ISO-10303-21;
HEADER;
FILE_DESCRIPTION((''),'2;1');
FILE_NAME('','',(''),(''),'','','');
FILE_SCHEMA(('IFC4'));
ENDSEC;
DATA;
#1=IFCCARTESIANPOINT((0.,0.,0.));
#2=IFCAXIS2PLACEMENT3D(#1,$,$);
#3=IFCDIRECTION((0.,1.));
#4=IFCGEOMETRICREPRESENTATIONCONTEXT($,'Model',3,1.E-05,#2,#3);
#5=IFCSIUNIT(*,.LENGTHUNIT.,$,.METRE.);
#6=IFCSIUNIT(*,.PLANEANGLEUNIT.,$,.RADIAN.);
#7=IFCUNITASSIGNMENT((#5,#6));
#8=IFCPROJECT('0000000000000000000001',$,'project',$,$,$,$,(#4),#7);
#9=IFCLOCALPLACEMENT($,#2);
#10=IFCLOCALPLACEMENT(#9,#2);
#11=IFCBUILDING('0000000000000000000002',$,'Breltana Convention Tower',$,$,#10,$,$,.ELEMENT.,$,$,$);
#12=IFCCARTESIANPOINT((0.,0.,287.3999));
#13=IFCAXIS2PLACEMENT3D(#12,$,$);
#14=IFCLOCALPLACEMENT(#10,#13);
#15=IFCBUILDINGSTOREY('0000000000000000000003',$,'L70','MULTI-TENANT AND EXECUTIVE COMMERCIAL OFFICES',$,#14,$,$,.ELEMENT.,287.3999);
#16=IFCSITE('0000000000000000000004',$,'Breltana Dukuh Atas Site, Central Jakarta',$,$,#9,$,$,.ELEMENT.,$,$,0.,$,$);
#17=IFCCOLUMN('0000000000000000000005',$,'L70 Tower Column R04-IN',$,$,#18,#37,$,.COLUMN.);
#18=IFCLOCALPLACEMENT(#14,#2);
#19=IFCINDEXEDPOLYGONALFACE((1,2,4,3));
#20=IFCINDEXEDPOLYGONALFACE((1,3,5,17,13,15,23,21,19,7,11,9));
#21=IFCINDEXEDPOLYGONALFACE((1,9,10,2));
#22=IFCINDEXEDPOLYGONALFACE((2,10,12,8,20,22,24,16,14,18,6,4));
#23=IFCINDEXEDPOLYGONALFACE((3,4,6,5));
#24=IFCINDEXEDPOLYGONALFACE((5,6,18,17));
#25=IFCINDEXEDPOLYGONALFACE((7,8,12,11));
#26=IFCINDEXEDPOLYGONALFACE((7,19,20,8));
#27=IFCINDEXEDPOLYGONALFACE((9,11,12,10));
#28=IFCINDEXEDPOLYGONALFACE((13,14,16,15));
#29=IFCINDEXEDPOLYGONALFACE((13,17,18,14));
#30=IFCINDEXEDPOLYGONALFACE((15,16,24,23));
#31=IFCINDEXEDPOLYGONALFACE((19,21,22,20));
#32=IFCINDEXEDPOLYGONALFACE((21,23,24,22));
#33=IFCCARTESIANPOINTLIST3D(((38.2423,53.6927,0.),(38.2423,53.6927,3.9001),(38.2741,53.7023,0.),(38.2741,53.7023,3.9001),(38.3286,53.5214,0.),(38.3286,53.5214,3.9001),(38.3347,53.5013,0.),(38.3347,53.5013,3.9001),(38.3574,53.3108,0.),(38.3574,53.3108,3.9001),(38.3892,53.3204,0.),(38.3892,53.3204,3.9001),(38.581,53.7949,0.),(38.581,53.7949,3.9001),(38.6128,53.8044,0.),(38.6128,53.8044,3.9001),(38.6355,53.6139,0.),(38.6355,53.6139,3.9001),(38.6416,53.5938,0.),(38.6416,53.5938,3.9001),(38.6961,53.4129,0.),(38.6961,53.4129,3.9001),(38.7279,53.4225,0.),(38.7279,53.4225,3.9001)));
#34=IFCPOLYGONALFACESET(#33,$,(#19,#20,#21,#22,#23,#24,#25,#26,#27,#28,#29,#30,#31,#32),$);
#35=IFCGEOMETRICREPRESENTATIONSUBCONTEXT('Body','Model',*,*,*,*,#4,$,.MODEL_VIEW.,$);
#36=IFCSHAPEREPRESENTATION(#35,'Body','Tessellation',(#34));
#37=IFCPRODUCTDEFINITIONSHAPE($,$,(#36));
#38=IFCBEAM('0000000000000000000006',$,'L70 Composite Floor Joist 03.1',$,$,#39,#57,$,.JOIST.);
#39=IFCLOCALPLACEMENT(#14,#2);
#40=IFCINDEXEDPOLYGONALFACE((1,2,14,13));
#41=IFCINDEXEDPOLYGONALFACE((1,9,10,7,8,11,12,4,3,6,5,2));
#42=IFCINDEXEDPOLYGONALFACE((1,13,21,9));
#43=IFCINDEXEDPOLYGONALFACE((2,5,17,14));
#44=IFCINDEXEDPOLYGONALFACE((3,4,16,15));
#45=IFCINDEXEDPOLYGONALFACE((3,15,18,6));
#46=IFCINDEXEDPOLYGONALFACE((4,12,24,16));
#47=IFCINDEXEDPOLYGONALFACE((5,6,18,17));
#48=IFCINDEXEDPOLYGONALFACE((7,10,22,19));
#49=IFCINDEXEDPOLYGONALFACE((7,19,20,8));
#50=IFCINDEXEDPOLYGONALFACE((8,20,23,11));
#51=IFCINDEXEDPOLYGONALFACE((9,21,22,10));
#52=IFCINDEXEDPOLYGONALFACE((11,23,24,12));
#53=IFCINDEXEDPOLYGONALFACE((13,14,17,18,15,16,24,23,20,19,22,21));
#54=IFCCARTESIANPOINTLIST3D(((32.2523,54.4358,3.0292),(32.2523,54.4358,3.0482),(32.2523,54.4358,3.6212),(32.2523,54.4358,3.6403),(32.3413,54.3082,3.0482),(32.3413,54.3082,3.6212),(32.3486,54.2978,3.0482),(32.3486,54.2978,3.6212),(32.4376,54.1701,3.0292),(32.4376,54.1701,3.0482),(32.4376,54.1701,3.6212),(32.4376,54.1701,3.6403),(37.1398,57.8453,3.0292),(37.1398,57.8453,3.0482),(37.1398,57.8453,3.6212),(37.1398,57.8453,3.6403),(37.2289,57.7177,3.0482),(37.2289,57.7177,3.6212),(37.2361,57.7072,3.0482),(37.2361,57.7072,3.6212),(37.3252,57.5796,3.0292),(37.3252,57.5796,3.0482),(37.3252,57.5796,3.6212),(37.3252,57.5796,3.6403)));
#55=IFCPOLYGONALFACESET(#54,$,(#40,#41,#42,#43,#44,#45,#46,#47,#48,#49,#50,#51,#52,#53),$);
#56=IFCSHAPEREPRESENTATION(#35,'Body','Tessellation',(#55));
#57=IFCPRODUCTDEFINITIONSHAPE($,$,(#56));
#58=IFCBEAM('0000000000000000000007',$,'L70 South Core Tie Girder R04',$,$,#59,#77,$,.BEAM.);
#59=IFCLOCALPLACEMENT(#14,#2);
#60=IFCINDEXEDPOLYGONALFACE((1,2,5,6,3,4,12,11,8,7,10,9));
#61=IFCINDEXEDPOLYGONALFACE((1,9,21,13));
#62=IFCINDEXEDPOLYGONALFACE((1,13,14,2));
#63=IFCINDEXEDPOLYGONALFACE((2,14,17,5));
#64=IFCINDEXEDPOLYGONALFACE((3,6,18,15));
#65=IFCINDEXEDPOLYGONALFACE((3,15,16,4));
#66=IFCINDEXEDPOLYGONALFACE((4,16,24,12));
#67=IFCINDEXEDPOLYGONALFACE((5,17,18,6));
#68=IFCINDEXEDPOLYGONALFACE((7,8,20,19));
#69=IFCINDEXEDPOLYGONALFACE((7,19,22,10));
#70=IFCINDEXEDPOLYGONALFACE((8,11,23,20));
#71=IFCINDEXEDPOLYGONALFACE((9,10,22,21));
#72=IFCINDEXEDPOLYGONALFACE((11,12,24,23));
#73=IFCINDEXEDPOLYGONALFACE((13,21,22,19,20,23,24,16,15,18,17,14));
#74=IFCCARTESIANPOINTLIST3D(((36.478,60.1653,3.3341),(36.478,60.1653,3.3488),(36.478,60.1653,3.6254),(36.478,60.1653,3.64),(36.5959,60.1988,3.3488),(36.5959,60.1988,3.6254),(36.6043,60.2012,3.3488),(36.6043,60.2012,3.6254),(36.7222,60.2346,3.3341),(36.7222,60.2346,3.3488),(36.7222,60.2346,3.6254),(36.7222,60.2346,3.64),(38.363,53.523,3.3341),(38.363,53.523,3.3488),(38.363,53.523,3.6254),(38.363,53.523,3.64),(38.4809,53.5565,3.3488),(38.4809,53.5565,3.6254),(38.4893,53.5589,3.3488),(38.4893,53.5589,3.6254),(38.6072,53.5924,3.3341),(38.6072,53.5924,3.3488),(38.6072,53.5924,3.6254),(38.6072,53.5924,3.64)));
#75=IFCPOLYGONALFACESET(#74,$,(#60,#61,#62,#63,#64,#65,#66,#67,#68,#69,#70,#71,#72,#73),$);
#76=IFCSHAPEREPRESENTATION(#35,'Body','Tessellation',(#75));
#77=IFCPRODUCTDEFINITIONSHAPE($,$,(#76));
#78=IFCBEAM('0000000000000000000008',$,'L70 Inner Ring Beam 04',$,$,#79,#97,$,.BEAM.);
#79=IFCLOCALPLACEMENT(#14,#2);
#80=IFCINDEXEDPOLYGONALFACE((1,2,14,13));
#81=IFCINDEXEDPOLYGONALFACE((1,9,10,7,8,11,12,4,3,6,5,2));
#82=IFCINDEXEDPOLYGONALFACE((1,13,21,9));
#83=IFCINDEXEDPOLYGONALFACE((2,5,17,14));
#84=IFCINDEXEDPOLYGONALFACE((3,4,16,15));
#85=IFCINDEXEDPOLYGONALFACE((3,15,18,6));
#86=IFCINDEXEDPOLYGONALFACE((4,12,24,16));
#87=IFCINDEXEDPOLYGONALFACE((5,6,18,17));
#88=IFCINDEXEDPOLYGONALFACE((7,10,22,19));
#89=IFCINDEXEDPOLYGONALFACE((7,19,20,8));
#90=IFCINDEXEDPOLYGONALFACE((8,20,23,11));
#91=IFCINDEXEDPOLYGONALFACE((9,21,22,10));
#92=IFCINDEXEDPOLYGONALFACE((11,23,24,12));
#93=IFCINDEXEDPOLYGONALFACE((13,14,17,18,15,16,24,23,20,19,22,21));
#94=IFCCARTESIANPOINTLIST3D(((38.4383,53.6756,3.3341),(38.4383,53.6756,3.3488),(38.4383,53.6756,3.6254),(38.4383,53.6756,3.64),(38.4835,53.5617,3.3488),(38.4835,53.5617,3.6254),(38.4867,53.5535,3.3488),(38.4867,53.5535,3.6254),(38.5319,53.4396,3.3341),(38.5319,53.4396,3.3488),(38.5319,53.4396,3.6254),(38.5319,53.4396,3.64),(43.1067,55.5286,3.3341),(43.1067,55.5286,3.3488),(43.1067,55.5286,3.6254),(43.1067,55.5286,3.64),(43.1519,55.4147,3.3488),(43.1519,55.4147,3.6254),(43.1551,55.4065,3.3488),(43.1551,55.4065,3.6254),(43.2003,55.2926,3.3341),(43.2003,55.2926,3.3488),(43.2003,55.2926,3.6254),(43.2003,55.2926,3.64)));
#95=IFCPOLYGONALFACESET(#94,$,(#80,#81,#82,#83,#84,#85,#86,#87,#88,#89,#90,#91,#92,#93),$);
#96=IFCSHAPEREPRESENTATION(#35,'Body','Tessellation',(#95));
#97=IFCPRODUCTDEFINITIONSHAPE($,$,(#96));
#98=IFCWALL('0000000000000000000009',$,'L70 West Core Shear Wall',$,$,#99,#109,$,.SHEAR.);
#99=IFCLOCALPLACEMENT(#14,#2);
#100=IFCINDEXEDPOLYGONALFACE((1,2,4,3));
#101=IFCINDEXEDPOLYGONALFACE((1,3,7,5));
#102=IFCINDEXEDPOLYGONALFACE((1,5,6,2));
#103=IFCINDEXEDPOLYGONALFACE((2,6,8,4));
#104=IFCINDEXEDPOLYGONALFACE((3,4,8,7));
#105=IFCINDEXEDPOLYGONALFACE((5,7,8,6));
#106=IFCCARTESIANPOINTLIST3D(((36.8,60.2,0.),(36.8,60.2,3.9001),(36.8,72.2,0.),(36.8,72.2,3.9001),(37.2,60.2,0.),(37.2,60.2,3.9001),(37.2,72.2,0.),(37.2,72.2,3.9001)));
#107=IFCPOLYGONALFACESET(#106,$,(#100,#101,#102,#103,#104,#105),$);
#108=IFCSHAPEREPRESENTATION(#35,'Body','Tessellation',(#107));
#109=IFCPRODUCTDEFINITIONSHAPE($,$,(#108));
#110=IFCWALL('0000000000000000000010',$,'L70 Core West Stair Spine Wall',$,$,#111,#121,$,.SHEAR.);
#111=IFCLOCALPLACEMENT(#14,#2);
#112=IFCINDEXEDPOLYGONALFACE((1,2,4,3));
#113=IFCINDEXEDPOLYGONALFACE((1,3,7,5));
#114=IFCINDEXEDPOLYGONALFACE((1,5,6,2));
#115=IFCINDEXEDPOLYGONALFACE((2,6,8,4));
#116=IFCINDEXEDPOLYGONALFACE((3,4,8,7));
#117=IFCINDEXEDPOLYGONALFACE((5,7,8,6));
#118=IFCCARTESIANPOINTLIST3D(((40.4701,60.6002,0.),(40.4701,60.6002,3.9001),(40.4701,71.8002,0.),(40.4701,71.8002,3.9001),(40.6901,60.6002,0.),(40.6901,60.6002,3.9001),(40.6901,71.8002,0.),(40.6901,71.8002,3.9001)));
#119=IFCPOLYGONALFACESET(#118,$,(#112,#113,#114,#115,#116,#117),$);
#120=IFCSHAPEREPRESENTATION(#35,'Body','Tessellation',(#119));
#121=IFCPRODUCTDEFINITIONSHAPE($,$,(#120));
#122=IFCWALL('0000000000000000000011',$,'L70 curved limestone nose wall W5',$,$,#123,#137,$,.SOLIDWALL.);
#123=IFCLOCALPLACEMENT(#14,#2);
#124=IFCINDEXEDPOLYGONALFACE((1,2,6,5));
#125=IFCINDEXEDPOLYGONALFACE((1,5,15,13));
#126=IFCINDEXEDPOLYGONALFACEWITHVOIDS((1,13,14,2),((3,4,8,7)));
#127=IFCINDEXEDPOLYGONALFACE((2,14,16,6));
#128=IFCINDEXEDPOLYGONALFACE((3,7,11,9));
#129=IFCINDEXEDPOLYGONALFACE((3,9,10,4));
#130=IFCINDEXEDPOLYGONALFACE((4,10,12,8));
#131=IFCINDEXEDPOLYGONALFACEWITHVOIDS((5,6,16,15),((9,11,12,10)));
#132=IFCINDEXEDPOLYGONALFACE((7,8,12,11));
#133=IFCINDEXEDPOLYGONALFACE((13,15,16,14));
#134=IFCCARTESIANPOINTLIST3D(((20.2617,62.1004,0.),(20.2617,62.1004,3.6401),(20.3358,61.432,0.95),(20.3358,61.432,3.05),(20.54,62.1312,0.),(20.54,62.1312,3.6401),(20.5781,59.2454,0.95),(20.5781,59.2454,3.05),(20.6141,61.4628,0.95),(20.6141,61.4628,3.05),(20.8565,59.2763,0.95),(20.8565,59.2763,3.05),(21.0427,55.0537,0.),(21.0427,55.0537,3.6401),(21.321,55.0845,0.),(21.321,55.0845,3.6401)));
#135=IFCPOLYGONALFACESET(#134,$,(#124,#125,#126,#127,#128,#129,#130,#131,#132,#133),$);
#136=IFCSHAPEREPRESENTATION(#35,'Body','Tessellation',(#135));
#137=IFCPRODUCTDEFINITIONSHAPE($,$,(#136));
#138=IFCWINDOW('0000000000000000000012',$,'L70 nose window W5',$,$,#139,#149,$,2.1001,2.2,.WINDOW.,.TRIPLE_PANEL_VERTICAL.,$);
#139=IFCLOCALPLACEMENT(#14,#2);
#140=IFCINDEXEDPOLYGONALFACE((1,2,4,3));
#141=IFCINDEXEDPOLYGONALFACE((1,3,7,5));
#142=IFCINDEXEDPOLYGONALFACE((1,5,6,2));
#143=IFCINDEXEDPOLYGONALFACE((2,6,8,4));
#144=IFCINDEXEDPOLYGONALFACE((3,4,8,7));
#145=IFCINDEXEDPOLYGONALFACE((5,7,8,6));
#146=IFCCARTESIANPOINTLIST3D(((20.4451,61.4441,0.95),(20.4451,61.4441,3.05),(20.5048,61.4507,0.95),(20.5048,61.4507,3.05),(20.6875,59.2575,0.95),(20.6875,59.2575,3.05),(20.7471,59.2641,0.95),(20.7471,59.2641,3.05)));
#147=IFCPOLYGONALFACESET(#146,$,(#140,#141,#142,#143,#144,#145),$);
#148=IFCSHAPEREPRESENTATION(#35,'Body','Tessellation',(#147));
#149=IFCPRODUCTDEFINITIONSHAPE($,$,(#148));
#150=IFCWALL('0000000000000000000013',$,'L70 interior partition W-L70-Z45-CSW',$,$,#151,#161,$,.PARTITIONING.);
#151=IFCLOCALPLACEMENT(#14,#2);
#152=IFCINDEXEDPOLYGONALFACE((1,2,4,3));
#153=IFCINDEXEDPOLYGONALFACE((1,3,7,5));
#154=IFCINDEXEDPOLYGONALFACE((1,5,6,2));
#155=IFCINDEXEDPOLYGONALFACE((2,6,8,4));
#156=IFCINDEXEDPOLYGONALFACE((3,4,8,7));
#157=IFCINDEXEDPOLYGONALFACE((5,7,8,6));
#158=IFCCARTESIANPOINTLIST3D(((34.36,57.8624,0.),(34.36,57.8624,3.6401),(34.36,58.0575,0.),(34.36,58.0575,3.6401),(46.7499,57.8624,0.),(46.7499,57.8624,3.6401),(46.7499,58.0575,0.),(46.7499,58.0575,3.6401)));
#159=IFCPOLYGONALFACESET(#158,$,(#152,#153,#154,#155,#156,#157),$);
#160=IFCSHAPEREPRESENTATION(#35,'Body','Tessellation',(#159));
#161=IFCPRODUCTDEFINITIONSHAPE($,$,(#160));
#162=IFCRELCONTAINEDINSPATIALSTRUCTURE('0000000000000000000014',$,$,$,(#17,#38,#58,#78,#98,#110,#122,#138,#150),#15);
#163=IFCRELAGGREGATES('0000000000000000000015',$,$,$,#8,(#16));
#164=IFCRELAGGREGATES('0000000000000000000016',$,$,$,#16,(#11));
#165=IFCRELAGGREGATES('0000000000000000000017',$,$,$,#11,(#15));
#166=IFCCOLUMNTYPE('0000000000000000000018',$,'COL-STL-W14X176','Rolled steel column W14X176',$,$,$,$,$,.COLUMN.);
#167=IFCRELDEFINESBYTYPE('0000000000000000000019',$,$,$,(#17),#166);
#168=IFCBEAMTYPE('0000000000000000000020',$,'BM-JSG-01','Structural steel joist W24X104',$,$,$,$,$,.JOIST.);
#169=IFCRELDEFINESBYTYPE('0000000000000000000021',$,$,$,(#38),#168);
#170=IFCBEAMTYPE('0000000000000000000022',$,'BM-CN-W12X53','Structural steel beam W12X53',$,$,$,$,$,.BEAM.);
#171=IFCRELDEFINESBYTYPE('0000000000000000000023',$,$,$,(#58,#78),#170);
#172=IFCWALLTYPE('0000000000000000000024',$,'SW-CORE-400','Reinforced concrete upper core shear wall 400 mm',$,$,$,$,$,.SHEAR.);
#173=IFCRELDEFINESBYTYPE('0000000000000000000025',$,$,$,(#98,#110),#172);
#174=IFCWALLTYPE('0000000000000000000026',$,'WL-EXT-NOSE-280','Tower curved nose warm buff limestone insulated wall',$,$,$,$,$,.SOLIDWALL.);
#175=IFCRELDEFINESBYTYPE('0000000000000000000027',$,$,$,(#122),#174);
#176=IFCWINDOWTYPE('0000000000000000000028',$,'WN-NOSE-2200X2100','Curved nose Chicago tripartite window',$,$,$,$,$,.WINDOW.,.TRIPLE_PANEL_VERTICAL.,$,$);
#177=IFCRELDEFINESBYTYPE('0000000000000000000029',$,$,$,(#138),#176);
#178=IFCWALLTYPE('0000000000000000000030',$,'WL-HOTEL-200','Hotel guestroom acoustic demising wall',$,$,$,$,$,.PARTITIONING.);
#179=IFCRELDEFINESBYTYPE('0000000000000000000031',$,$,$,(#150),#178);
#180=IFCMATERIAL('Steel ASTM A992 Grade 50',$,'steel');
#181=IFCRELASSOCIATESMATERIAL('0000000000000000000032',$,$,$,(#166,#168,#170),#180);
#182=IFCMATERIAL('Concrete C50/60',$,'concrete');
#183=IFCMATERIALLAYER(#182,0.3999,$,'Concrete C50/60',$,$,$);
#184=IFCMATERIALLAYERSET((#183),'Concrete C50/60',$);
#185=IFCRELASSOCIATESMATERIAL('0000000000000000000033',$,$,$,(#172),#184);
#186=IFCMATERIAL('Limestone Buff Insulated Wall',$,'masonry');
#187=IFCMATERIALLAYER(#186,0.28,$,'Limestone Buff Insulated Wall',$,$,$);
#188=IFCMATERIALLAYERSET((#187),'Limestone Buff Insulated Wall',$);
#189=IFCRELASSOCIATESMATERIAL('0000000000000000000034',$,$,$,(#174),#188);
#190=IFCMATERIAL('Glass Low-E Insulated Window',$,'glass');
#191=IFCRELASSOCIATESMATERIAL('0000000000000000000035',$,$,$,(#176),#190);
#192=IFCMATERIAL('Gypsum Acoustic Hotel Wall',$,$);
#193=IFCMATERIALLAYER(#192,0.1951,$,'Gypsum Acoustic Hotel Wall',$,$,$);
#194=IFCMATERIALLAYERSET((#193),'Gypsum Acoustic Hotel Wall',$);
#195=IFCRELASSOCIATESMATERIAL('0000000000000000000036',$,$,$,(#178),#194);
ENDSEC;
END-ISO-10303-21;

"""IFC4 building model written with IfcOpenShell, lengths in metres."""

from ifc_helpers import new_model, si_unit, direction, frame, frame_2d, origin, origin_2d, place, context, subcontext, project, spatial, rectangle, i_section, extrude, source, transform, mapped, material, layer, layer_set, material_profile, profile_set, type_object, type_shapes, element, fill, save


model = new_model("IFC4")

# Units and contexts
model_context = context("Model", 3, precision=1e-05, world=origin(), true_north=direction((0.0, 1.0)))
body_context = subcontext(model_context, "Body", "Model", "MODEL_VIEW")
ifc_project = project(units=[si_unit("LENGTHUNIT", "METRE"), si_unit("PLANEANGLEUNIT", "RADIAN")], contexts=[model_context])

# Site, building, storey
site_placement = place(None, origin())
site = spatial("IfcSite", under=ifc_project, at=site_placement, Name="Breltana Dukuh Atas Site, Central Jakarta", CompositionType="ELEMENT", RefElevation=0.0)
building_placement = place(site_placement, origin())
building = spatial("IfcBuilding", under=site, at=building_placement, Name="Breltana Convention Tower", CompositionType="ELEMENT")
storey_placement = place(building_placement, frame((0.0, 0.0, 287.3999)))
storey = spatial("IfcBuildingStorey", under=building, at=storey_placement, Name="L70", Description="MULTI-TENANT AND EXECUTIVE COMMERCIAL OFFICES", CompositionType="ELEMENT", Elevation=287.3999)

# Column
ifc_material_1 = material(Name="Steel ASTM A992 Grade 50", Category="steel")
ifc_material_profile_1 = material_profile(ifc_material_1, i_section(OverallWidth=0.3989, OverallDepth=0.387, WebThickness=0.021, FlangeThickness=0.0332, at=origin_2d()), Name="W14X176")
ifc_profile_set_1 = profile_set([ifc_material_profile_1], Name="Steel ASTM A992 Grade 50")
column_type = type_object("IfcColumnType", Name="COL-STL-W14X176", Description="Rolled steel column W14X176", PredefinedType="COLUMN", material=ifc_profile_set_1)
shared_shape_1 = source(origin(), body_context, "Body", "SweptSolid", [
    extrude(i_section(OverallWidth=0.3989, OverallDepth=0.387, WebThickness=0.021, FlangeThickness=0.0332, at=origin_2d()), origin(), (0.0, 0.0, 1.0), 3.9001),
])
column_placement = place(storey_placement, frame((38.4851, 53.5576, 0.0), z_axis=(0.0, 0.0, 1.0), x_axis=(-0.288698, 0.95742, 0.0)))
element("IfcColumn", 1, at=column_placement, inside=storey, type_object=column_type, Name="L70 Tower Column R04-IN", PredefinedType="COLUMN", context=body_context, shape_type="MappedRepresentation", body=[
    mapped(shared_shape_1, transform((0.0, 0.0, 0.0), scale=1.0)),
])

# Beams
ifc_material_profile_2 = material_profile(ifc_material_1, i_section(OverallWidth=0.324, OverallDepth=0.6111, WebThickness=0.0127, FlangeThickness=0.019, at=origin_2d()), Name="W24X104")
ifc_profile_set_2 = profile_set([ifc_material_profile_2], Name="Steel ASTM A992 Grade 50")
beam_type_1 = type_object("IfcBeamType", Name="BM-JSG-01", Description="Structural steel joist W24X104", PredefinedType="JOIST", material=ifc_profile_set_2)
shared_shape_2 = source(origin(), body_context, "Body", "SweptSolid", [
    extrude(i_section(OverallWidth=0.324, OverallDepth=0.6111, WebThickness=0.0127, FlangeThickness=0.019, at=origin_2d()), origin(), (0.0, 0.0, 1.0), 5.9592),
])
beam_1_placement = place(storey_placement, frame((32.345, 54.303, 3.3347), z_axis=(0.82016, 0.572134, 0.0), x_axis=(-0.572134, 0.82016, 0.0)))
element("IfcBeam", 2, at=beam_1_placement, inside=storey, type_object=beam_type_1, Name="L70 Composite Floor Joist 03.1", PredefinedType="JOIST", context=body_context, shape_type="MappedRepresentation", body=[
    mapped(shared_shape_2, transform((0.0, 0.0, 0.0), scale=1.0)),
])
ifc_material_profile_3 = material_profile(ifc_material_1, i_section(OverallWidth=0.2539, OverallDepth=0.3059, WebThickness=0.0088, FlangeThickness=0.0146, at=origin_2d()), Name="W12X53")
ifc_profile_set_3 = profile_set([ifc_material_profile_3], Name="Steel ASTM A992 Grade 50")
beam_type_2 = type_object("IfcBeamType", Name="BM-CN-W12X53", Description="Structural steel beam W12X53", PredefinedType="BEAM", material=ifc_profile_set_3)
shared_shape_3 = source(origin(), body_context, "Body", "SweptSolid", [
    extrude(i_section(OverallWidth=0.2539, OverallDepth=0.3059, WebThickness=0.0088, FlangeThickness=0.0146, at=origin_2d()), origin(), (0.0, 0.0, 1.0), 6.9045),
])
beam_2_placement = place(storey_placement, frame((36.6001, 60.2, 3.4871), z_axis=(0.273007, -0.962012, 0.0), x_axis=(0.962012, 0.273007, 0.0)))
element("IfcBeam", 3, at=beam_2_placement, inside=storey, type_object=beam_type_2, Name="L70 South Core Tie Girder R04", PredefinedType="BEAM", context=body_context, shape_type="MappedRepresentation", body=[
    mapped(shared_shape_3, transform((0.0, 0.0, 0.0), scale=1.0)),
])
shared_shape_4 = source(origin(), body_context, "Body", "SweptSolid", [
    extrude(i_section(OverallWidth=0.2539, OverallDepth=0.3059, WebThickness=0.0088, FlangeThickness=0.0146, at=origin_2d()), origin(), (0.0, 0.0, 1.0), 5.0227),
])
beam_3_placement = place(storey_placement, frame((38.4851, 53.5576, 3.4871), z_axis=(0.929459, 0.368926, 0.0), x_axis=(-0.368926, 0.929459, 0.0)))
element("IfcBeam", 4, at=beam_3_placement, inside=storey, type_object=beam_type_2, Name="L70 Inner Ring Beam 04", PredefinedType="BEAM", context=body_context, shape_type="MappedRepresentation", body=[
    mapped(shared_shape_4, transform((0.0, 0.0, 0.0), scale=1.0)),
])

# Wall
ifc_material_2 = material(Name="Concrete C50/60", Category="concrete")
ifc_layer_1 = layer(ifc_material_2, 0.3999, Name="Concrete C50/60")
ifc_layer_set_1 = layer_set([ifc_layer_1], Name="Concrete C50/60")
wall_type_1 = type_object("IfcWallType", Name="SW-CORE-400", Description="Reinforced concrete upper core shear wall 400 mm", PredefinedType="SHEAR", material=ifc_layer_set_1)
shared_shape_5 = source(origin(), body_context, "Body", "SweptSolid", [
    extrude(rectangle(XDim=12.0, YDim=0.3999, at=frame_2d((6.0, 0.0))), origin(), (0.0, 0.0, 1.0), 3.9001),
])
wall_1_placement = place(storey_placement, frame((37.0, 60.2, 0.0), z_axis=(0.0, 0.0, 1.0), x_axis=(0.0, 1.0, 0.0)))
element("IfcWall", 5, at=wall_1_placement, inside=storey, type_object=wall_type_1, Name="L70 West Core Shear Wall", PredefinedType="SHEAR", context=body_context, shape_type="MappedRepresentation", body=[
    mapped(shared_shape_5, transform((0.0, 0.0, 0.0), scale=1.0)),
])

# Wall
shared_shape_6 = source(origin(), body_context, "Body", "SweptSolid", [
    extrude(rectangle(XDim=11.2, YDim=0.22, at=frame_2d((5.6001, 0.0))), origin(), (0.0, 0.0, 1.0), 3.9001),
])
wall_2_placement = place(storey_placement, frame((40.5801, 60.6001, 0.0), z_axis=(0.0, 0.0, 1.0), x_axis=(0.0, 1.0, 0.0)))
element("IfcWall", 6, at=wall_2_placement, inside=storey, type_object=wall_type_1, Name="L70 Core West Stair Spine Wall", PredefinedType="SHEAR", context=body_context, shape_type="MappedRepresentation", body=[
    mapped(shared_shape_6, transform((0.0, 0.0, 0.0), scale=1.0)),
])

# Wall, opening, window
ifc_material_3 = material(Name="Limestone Buff Insulated Wall", Category="masonry")
ifc_layer_2 = layer(ifc_material_3, 0.28, Name="Limestone Buff Insulated Wall")
ifc_layer_set_2 = layer_set([ifc_layer_2], Name="Limestone Buff Insulated Wall")
wall_type_2 = type_object("IfcWallType", Name="WL-EXT-NOSE-280", Description="Tower curved nose warm buff limestone insulated wall", PredefinedType="SOLIDWALL", material=ifc_layer_set_2)
shared_shape_7 = source(origin(), body_context, "Body", "SweptSolid", [
    extrude(rectangle(XDim=7.0898, YDim=0.28, at=frame_2d((3.5449, 0.0))), origin(), (0.0, 0.0, 1.0), 3.6401),
])
wall_3_placement = place(storey_placement, frame((21.1819, 55.0691, 0.0), z_axis=(0.0, 0.0, 1.0), x_axis=(-0.110159, 0.993914, 0.0)))
wall_3 = element("IfcWall", 7, at=wall_3_placement, inside=storey, type_object=wall_type_2, Name="L70 curved limestone nose wall W5", PredefinedType="SOLIDWALL", context=body_context, shape_type="MappedRepresentation", body=[
    mapped(shared_shape_7, transform((0.0, 0.0, 0.0), scale=1.0)),
])
opening_1_placement = place(wall_3_placement, frame((4.2173, 0.0, 0.95)))
opening_1 = element("IfcOpeningElement", 8, at=opening_1_placement, cuts=wall_3, PredefinedType="OPENING", context=body_context, shape_type="SweptSolid", body=[
    extrude(rectangle(XDim=2.2, YDim=2.1001, at=frame_2d((1.1001, 1.05))), frame((0.0, 0.1499, 0.0), z_axis=(0.0, -1.0, 0.0), x_axis=(1.0, 0.0, 0.0)), (0.0, 0.0, 1.0), 0.3),
])
ifc_material_4 = material(Name="Glass Low-E Insulated Window", Category="glass")
window_type = type_object("IfcWindowType", Name="WN-NOSE-2200X2100", Description="Curved nose Chicago tripartite window", PartitioningType="TRIPLE_PANEL_VERTICAL", PredefinedType="WINDOW", material=ifc_material_4)
shared_shape_8 = source(origin(), body_context, "Body", "SweptSolid", [
    extrude(rectangle(XDim=2.2, YDim=2.1001, at=frame_2d((1.1001, 1.05))), frame((0.0, 0.03, 0.0), z_axis=(0.0, -1.0, 0.0), x_axis=(1.0, 0.0, 0.0)), (0.0, 0.0, 1.0), 0.0601),
])
type_shapes(window_type, [shared_shape_8])
window_placement = place(opening_1_placement, origin())
window = element("IfcWindow", 9, at=window_placement, inside=storey, type_object=window_type, Name="L70 nose window W5", OverallHeight=2.1001, OverallWidth=2.2, PartitioningType="TRIPLE_PANEL_VERTICAL", PredefinedType="WINDOW", context=body_context, shape_type="MappedRepresentation", body=[
    mapped(shared_shape_8, transform((0.0, 0.0, 0.0), scale=1.0)),
])
fill(opening_1, window)

# Wall
ifc_material_5 = material(Name="Gypsum Acoustic Hotel Wall")
ifc_layer_3 = layer(ifc_material_5, 0.1951, Name="Gypsum Acoustic Hotel Wall")
ifc_layer_set_3 = layer_set([ifc_layer_3], Name="Gypsum Acoustic Hotel Wall")
wall_type_3 = type_object("IfcWallType", Name="WL-HOTEL-200", Description="Hotel guestroom acoustic demising wall", PredefinedType="PARTITIONING", material=ifc_layer_set_3)
shared_shape_9 = source(origin(), body_context, "Body", "SweptSolid", [
    extrude(rectangle(XDim=12.3899, YDim=0.1951, at=frame_2d((6.1948, 0.0))), origin(), (0.0, 0.0, 1.0), 3.6401),
])
wall_4_placement = place(storey_placement, frame((34.3601, 57.96, 0.0), z_axis=(0.0, 0.0, 1.0), x_axis=(1.0, 0.0, 0.0)))
element("IfcWall", 10, at=wall_4_placement, inside=storey, type_object=wall_type_3, Name="L70 interior partition W-L70-Z45-CSW", PredefinedType="PARTITIONING", context=body_context, shape_type="MappedRepresentation", body=[
    mapped(shared_shape_9, transform((0.0, 0.0, 0.0), scale=1.0)),
])

save(model, "model.ifc")
